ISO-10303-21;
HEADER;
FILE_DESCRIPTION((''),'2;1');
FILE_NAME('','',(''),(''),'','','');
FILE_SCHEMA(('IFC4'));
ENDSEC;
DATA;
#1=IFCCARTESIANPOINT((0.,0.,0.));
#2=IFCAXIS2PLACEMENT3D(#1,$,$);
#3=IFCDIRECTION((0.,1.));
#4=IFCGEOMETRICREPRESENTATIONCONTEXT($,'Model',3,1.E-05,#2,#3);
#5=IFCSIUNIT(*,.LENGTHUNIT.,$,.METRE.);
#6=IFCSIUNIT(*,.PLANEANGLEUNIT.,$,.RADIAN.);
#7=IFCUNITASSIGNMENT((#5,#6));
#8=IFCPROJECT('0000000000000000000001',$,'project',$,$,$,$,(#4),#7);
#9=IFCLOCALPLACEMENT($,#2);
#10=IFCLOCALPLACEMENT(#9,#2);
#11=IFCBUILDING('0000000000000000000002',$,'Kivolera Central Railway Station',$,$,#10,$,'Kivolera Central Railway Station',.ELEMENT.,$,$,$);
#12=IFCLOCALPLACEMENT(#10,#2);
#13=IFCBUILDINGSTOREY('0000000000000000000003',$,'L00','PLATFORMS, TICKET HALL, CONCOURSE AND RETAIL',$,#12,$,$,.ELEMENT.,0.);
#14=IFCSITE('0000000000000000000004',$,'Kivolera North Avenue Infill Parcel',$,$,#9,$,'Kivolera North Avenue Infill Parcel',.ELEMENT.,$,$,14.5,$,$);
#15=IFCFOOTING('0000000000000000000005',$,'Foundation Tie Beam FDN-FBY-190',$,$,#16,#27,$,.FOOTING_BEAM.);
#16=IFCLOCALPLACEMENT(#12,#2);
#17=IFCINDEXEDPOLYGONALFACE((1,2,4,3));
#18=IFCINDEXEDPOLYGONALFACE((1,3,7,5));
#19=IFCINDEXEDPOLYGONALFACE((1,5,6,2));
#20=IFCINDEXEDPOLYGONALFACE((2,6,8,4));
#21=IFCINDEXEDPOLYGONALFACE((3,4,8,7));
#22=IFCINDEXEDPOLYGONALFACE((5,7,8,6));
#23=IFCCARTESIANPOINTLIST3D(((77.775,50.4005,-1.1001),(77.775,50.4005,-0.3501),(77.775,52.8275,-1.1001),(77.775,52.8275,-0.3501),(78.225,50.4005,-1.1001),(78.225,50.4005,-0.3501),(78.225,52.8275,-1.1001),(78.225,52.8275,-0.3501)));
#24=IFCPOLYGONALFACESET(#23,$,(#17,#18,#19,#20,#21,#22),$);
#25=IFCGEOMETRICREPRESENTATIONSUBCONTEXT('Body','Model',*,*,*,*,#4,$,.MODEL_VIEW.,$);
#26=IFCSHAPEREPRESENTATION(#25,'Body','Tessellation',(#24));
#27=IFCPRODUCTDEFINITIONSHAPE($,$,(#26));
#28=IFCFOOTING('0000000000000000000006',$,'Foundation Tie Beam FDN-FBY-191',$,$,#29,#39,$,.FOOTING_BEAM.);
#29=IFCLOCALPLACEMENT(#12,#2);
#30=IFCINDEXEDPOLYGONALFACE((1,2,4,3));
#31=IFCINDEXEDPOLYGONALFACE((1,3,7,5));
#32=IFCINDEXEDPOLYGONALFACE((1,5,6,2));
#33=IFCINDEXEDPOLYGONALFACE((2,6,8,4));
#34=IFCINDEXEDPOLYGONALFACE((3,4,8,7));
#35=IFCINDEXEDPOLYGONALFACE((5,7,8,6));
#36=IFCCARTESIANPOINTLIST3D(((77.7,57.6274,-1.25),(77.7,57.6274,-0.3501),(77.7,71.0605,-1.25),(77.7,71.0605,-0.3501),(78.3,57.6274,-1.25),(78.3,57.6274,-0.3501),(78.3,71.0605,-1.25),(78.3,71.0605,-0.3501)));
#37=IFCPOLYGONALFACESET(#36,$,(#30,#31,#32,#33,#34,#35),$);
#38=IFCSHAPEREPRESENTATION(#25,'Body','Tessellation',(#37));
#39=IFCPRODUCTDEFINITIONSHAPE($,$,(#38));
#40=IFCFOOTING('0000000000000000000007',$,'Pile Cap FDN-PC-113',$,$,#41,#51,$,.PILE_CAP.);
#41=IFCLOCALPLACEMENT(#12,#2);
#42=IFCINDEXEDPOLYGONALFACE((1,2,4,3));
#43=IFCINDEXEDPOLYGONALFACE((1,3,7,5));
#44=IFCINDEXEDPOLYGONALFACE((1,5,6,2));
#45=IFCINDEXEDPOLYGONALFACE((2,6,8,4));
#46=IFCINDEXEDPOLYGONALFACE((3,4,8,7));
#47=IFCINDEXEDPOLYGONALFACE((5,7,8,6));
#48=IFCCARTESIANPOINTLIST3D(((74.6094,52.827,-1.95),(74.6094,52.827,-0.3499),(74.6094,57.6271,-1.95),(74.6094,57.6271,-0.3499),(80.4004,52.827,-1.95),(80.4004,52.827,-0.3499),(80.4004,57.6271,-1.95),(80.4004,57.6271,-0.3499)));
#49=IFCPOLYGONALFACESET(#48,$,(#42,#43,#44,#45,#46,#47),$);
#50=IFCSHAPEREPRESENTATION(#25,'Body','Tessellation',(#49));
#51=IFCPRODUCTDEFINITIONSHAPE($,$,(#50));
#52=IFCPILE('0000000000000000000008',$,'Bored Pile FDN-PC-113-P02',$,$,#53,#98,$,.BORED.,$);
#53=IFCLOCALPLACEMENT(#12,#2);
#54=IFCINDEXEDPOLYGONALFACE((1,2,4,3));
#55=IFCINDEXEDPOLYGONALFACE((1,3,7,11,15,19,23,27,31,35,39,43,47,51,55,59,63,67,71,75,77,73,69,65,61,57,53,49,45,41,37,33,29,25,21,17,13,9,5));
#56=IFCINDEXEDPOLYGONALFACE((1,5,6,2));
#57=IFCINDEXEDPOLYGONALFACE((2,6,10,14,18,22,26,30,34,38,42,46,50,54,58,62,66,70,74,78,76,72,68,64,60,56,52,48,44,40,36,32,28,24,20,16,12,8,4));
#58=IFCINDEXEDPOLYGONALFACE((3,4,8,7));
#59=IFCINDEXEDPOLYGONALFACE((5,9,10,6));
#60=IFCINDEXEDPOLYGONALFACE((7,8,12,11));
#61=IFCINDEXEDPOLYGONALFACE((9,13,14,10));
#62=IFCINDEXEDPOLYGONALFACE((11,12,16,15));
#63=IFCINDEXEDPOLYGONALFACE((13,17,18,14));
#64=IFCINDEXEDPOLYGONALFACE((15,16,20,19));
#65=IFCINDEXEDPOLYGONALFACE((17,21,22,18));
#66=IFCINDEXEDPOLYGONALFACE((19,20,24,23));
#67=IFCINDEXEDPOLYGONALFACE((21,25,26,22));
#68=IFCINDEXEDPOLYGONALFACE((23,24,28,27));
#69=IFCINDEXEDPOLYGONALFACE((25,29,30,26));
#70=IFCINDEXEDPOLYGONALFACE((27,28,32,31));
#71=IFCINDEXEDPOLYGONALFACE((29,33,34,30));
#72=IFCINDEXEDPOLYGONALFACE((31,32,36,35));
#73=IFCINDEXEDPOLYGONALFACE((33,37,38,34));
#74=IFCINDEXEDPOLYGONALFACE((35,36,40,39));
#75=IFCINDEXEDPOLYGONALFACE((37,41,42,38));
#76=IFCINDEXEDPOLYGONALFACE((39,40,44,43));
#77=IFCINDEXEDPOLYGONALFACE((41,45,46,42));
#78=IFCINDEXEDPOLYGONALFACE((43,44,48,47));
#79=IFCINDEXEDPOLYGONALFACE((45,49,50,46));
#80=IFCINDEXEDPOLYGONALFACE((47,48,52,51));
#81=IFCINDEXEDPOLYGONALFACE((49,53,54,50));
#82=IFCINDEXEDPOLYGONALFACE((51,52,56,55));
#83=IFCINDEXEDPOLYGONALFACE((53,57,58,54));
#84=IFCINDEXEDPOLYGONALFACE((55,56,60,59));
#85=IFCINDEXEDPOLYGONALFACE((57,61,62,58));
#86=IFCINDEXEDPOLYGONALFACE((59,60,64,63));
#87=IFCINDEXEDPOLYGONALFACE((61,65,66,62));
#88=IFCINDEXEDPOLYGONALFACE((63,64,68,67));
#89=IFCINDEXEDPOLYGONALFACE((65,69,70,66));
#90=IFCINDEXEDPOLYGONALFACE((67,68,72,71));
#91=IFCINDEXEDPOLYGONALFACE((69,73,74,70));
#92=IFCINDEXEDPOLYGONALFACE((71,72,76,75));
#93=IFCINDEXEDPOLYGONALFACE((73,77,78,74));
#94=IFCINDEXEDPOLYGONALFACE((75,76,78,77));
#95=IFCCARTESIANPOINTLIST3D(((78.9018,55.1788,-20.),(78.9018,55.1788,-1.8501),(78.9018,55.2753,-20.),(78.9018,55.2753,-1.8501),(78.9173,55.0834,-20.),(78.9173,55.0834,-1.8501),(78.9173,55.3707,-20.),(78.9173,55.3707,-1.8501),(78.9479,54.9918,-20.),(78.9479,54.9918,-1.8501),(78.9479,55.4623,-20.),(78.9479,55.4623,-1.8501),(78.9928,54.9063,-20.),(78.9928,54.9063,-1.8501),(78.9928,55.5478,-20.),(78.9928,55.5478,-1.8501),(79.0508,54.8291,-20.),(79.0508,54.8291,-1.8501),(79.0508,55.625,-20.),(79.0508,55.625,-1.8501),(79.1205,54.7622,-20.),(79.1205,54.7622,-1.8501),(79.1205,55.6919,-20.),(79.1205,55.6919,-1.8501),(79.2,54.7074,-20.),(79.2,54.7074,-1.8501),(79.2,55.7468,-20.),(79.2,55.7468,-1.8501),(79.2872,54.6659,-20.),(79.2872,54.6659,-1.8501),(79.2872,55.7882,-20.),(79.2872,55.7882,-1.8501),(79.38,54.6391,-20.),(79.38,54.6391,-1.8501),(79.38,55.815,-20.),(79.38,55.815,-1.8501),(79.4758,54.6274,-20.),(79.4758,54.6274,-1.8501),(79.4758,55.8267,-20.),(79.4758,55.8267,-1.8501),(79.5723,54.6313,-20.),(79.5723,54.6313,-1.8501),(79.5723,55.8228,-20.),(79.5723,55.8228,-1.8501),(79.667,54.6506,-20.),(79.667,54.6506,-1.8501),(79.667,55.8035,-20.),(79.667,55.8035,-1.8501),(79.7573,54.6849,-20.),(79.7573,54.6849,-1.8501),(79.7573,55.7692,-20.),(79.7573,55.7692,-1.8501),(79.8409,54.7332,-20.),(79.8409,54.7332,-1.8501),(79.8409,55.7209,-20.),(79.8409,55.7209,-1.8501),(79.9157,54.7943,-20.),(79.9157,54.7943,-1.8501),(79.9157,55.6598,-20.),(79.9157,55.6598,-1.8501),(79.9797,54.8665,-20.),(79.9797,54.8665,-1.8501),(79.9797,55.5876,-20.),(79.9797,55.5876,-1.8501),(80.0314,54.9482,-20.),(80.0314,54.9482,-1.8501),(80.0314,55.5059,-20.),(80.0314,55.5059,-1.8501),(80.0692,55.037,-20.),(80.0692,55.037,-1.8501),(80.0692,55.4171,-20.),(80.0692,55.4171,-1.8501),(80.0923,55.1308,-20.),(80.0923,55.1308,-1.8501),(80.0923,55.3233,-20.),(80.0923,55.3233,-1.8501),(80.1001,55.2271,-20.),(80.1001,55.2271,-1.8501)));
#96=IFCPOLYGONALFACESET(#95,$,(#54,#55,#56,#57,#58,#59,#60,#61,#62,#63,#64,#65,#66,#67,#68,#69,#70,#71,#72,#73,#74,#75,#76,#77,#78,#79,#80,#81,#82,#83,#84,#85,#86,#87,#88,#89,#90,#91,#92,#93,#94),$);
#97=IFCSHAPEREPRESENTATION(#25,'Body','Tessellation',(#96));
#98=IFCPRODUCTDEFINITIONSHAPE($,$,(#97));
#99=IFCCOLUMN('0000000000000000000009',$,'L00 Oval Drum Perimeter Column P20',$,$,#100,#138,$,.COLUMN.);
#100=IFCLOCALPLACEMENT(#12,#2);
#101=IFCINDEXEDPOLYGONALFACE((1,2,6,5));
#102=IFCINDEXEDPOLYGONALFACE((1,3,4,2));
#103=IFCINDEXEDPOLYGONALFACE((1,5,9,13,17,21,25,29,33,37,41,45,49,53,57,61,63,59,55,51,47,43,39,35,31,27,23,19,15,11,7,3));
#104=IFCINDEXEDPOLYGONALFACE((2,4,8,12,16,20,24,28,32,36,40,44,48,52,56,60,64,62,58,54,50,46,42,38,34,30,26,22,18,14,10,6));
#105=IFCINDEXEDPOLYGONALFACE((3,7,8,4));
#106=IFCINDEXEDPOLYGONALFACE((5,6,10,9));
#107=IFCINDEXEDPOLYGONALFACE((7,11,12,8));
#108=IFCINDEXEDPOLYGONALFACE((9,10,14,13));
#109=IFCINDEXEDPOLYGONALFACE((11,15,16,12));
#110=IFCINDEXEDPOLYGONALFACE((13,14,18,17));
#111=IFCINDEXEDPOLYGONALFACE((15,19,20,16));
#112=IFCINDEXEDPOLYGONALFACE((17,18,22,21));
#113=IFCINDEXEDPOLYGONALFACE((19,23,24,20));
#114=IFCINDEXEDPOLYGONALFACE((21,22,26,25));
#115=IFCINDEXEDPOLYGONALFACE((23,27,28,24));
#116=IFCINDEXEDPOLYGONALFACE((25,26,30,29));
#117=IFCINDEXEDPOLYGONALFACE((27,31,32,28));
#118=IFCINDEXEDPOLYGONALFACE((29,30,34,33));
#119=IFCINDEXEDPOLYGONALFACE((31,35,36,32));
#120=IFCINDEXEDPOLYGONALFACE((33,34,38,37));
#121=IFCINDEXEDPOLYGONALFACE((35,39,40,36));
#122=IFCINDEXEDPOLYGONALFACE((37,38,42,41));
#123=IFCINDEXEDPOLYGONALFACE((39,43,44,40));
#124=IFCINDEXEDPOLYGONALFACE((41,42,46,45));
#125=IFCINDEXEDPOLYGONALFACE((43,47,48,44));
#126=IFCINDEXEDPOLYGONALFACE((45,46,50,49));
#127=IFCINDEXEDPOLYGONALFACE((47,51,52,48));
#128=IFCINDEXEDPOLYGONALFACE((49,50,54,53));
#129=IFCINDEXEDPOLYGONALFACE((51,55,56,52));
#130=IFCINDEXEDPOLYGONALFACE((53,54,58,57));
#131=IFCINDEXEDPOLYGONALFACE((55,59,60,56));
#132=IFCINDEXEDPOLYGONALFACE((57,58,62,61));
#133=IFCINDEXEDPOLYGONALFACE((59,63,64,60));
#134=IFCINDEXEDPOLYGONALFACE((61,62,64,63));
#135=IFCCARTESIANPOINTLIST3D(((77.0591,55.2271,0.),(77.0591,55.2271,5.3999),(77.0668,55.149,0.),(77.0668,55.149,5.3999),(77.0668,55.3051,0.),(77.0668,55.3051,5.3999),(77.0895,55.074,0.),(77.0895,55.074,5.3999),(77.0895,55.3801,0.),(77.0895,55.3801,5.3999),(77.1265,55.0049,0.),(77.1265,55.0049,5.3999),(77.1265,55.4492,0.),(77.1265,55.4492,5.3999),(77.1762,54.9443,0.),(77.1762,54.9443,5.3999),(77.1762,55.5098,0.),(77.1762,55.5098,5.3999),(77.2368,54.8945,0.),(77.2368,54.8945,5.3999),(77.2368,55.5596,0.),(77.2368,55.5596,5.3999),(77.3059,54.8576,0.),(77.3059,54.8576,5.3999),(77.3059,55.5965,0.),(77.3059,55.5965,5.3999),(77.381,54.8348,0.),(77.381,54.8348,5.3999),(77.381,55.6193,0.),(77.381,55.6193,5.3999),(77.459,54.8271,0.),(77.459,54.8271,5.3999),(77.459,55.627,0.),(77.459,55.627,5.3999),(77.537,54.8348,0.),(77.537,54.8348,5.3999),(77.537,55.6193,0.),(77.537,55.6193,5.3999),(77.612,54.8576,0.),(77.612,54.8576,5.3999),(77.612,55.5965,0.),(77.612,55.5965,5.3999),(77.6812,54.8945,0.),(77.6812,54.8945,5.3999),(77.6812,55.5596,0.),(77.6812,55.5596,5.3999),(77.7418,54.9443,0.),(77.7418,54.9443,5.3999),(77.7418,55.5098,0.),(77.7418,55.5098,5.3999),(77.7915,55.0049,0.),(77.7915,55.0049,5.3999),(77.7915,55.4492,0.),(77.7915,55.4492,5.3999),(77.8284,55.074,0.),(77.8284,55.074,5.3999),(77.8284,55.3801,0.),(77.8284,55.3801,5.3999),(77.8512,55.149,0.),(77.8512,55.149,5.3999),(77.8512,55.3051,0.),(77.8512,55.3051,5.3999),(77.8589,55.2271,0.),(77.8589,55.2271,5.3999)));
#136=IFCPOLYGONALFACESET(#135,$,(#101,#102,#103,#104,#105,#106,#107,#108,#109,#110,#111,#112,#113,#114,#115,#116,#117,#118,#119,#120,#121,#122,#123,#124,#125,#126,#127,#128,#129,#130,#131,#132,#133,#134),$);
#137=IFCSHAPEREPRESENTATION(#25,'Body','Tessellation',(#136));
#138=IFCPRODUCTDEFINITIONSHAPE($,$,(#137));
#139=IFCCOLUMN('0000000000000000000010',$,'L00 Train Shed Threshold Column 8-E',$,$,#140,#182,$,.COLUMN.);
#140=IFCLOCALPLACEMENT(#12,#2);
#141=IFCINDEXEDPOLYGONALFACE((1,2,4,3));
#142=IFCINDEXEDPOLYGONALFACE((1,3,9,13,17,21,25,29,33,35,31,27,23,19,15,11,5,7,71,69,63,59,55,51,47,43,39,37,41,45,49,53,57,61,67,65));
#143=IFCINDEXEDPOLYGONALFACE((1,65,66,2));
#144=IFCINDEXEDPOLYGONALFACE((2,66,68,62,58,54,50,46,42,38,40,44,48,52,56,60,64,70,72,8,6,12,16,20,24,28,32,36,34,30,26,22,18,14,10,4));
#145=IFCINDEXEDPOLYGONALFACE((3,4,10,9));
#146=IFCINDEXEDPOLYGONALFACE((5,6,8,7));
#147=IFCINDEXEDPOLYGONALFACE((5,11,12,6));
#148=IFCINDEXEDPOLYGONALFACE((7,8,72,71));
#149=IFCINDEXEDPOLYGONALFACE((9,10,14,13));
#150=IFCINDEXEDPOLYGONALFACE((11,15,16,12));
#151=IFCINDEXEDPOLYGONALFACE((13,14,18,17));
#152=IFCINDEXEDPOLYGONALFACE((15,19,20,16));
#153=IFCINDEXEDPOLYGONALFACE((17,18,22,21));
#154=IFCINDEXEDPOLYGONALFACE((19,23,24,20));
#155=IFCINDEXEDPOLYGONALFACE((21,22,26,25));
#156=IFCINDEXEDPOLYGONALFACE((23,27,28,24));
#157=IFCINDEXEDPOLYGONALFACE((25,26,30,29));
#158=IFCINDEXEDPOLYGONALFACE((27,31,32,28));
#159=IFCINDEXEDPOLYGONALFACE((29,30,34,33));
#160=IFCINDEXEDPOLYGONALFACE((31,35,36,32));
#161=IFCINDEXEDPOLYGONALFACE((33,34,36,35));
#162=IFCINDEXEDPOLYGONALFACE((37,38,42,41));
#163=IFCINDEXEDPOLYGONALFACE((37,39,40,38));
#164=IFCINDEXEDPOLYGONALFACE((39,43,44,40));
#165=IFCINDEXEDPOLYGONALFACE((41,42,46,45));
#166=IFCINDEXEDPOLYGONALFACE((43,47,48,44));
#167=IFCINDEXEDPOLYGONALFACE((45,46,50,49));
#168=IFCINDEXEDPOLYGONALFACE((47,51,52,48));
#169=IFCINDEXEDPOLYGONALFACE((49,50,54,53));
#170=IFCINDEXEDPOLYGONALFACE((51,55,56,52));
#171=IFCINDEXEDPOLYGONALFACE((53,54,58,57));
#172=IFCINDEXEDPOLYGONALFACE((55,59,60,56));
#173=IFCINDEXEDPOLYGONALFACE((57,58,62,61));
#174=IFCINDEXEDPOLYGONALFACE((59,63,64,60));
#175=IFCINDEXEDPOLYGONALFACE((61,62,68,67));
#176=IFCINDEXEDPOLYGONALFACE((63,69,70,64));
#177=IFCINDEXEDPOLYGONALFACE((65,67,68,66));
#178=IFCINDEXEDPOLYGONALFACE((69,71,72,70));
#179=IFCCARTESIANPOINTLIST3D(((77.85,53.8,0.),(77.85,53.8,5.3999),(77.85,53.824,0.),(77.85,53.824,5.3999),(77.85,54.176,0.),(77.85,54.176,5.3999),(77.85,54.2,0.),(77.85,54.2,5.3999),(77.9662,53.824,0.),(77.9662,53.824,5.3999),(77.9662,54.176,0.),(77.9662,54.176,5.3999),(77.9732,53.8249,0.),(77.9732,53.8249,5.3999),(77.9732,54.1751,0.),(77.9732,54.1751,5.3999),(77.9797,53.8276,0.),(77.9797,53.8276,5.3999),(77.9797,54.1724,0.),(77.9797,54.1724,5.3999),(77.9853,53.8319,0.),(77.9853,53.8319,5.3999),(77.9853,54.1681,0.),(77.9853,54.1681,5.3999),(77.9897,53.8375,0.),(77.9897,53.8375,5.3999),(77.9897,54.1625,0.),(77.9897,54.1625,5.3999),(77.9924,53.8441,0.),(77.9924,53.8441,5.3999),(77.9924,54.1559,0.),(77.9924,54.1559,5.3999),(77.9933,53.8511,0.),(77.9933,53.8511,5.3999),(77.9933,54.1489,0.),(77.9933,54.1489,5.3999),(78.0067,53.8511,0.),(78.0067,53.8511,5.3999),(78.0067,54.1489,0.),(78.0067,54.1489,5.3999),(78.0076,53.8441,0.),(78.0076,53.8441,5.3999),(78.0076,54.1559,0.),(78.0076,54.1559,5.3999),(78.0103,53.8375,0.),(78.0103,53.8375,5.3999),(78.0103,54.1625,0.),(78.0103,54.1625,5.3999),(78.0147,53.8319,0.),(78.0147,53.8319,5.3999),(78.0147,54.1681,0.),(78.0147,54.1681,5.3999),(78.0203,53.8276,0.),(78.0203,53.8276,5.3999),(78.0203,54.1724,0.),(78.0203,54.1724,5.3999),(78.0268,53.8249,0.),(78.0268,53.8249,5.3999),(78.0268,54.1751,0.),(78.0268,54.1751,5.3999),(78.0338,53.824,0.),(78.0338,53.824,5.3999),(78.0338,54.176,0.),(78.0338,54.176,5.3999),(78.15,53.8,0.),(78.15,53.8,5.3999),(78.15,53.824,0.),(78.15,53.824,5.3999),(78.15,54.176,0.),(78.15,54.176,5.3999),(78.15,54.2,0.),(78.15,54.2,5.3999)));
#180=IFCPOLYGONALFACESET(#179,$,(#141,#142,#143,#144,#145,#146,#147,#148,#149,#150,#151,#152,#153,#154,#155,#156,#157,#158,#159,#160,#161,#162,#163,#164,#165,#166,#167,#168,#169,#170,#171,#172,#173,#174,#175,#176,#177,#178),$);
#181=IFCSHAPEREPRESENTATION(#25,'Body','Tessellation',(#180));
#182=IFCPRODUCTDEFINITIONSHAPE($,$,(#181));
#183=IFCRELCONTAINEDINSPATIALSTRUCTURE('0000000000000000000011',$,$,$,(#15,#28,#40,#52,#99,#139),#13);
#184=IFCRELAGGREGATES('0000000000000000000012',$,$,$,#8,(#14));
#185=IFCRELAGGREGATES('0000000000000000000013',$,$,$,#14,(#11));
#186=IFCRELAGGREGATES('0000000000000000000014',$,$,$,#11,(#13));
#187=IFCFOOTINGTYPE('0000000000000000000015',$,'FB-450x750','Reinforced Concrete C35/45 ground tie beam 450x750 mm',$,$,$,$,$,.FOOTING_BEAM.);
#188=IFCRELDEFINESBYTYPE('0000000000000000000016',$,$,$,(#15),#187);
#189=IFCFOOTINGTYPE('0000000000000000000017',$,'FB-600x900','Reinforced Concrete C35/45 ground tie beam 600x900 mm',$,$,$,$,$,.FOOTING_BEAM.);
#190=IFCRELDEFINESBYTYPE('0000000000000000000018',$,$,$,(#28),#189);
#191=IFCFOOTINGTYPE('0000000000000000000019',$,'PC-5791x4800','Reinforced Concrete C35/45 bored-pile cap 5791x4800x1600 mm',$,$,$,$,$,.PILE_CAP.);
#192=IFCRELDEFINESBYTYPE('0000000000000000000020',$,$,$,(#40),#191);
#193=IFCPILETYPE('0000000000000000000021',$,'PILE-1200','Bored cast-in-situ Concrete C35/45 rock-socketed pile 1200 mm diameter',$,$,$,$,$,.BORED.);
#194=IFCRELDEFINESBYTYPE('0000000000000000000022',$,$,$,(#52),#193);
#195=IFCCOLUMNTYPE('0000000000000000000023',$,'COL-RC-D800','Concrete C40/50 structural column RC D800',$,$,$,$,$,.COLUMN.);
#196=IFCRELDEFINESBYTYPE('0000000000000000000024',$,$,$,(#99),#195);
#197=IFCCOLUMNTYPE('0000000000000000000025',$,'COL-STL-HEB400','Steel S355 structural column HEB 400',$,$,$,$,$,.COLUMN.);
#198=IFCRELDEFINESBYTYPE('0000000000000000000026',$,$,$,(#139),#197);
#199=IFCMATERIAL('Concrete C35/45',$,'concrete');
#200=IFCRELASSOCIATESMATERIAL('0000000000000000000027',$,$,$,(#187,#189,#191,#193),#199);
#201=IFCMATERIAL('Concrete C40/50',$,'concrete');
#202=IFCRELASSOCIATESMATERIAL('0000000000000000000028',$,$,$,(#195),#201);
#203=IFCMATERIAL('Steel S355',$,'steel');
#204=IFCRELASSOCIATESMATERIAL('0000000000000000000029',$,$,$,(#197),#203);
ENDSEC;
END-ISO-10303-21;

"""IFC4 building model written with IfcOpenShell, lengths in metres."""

from ifc_helpers import new_model, si_unit, direction, frame, origin, origin_2d, place, context, subcontext, project, spatial, rectangle, circle, i_section, extrude, material, material_profile, profile_set, type_object, element, save


model = new_model("IFC4")

# Units and contexts
model_context = context("Model", 3, precision=1e-05, world=origin(), true_north=direction((0.0, 1.0)))
body_context = subcontext(model_context, "Body", "Model", "MODEL_VIEW")
ifc_project = project(units=[si_unit("LENGTHUNIT", "METRE"), si_unit("PLANEANGLEUNIT", "RADIAN")], contexts=[model_context])

# Site, building, storey
site_placement = place(None, origin())
site = spatial("IfcSite", under=ifc_project, at=site_placement, Name="Kivolera North Avenue Infill Parcel", LongName="Kivolera North Avenue Infill Parcel", CompositionType="ELEMENT", RefElevation=14.5)
building_placement = place(site_placement, origin())
building = spatial("IfcBuilding", under=site, at=building_placement, Name="Kivolera Central Railway Station", LongName="Kivolera Central Railway Station", CompositionType="ELEMENT")
storey_placement = place(building_placement, origin())
storey = spatial("IfcBuildingStorey", under=building, at=storey_placement, Name="L00", Description="PLATFORMS, TICKET HALL, CONCOURSE AND RETAIL", CompositionType="ELEMENT", Elevation=0.0)

# Footings
ifc_material_1 = material(Name="Concrete C35/45", Category="concrete")
footing_type_1 = type_object("IfcFootingType", Name="FB-450x750", Description="Reinforced Concrete C35/45 ground tie beam 450x750 mm", PredefinedType="FOOTING_BEAM", material=ifc_material_1)
footing_1_placement = place(storey_placement, frame((78.0, 51.614, -1.1001), z_axis=(0.0, 0.0, 1.0), x_axis=(1.0, 0.0, 0.0)))
element("IfcFooting", 1, at=footing_1_placement, inside=storey, type_object=footing_type_1, Name="Foundation Tie Beam FDN-FBY-190", PredefinedType="FOOTING_BEAM", context=body_context, shape_type="SweptSolid", body=[
    extrude(rectangle(XDim=0.45, YDim=2.427, at=origin_2d()), origin(), (0.0, 0.0, 1.0), 0.75),
])
footing_type_2 = type_object("IfcFootingType", Name="FB-600x900", Description="Reinforced Concrete C35/45 ground tie beam 600x900 mm", PredefinedType="FOOTING_BEAM", material=ifc_material_1)
footing_2_placement = place(storey_placement, frame((78.0, 64.344, -1.25), z_axis=(0.0, 0.0, 1.0), x_axis=(1.0, 0.0, 0.0)))
element("IfcFooting", 2, at=footing_2_placement, inside=storey, type_object=footing_type_2, Name="Foundation Tie Beam FDN-FBY-191", PredefinedType="FOOTING_BEAM", context=body_context, shape_type="SweptSolid", body=[
    extrude(rectangle(XDim=0.6001, YDim=13.4331, at=origin_2d()), origin(), (0.0, 0.0, 1.0), 0.8999),
])
footing_type_3 = type_object("IfcFootingType", Name="PC-5791x4800", Description="Reinforced Concrete C35/45 bored-pile cap 5791x4800x1600 mm", PredefinedType="PILE_CAP", material=ifc_material_1)
footing_3_placement = place(storey_placement, frame((77.5049, 55.2271, -1.95), z_axis=(0.0, 0.0, 1.0), x_axis=(1.0, 0.0, 0.0)))
element("IfcFooting", 3, at=footing_3_placement, inside=storey, type_object=footing_type_3, Name="Pile Cap FDN-PC-113", PredefinedType="PILE_CAP", context=body_context, shape_type="SweptSolid", body=[
    extrude(rectangle(XDim=5.791, YDim=4.8, at=origin_2d()), origin(), (0.0, 0.0, 1.0), 1.6001),
])

# Pile
ifc_material_profile_1 = material_profile(ifc_material_1, circle(Radius=0.6001, at=origin_2d()), Name="PILE D1200")
ifc_profile_set_1 = profile_set([ifc_material_profile_1], Name="Concrete C35/45")
pile_type = type_object("IfcPileType", Name="PILE-1200", Description="Bored cast-in-situ Concrete C35/45 rock-socketed pile 1200 mm diameter", PredefinedType="BORED", material=ifc_profile_set_1)
pile_placement = place(storey_placement, frame((79.5, 55.2271, -1.8501), z_axis=(0.0, 0.0, -1.0), x_axis=(1.0, 0.0, 0.0)))
element("IfcPile", 4, at=pile_placement, inside=storey, type_object=pile_type, Name="Bored Pile FDN-PC-113-P02", PredefinedType="BORED", context=body_context, shape_type="SweptSolid", body=[
    extrude(circle(Radius=0.6001, at=origin_2d()), origin(), (0.0, 0.0, 1.0), 18.1499),
])

# Columns
ifc_material_2 = material(Name="Concrete C40/50", Category="concrete")
ifc_material_profile_2 = material_profile(ifc_material_2, circle(Radius=0.3999, at=origin_2d()), Name="RC D800")
ifc_profile_set_2 = profile_set([ifc_material_profile_2], Name="Concrete C40/50")
column_type_1 = type_object("IfcColumnType", Name="COL-RC-D800", Description="Concrete C40/50 structural column RC D800", PredefinedType="COLUMN", material=ifc_profile_set_2)
column_1_placement = place(storey_placement, frame((77.459, 55.2271, 0.0), z_axis=(0.0, 0.0, 1.0), x_axis=(1.0, 0.0, 0.0)))
element("IfcColumn", 5, at=column_1_placement, inside=storey, type_object=column_type_1, Name="L00 Oval Drum Perimeter Column P20", PredefinedType="COLUMN", context=body_context, shape_type="SweptSolid", body=[
    extrude(circle(Radius=0.3999, at=origin_2d()), origin(), (0.0, 0.0, 1.0), 5.3999),
])
ifc_material_3 = material(Name="Steel S355", Category="steel")
ifc_material_profile_3 = material_profile(ifc_material_3, i_section(OverallWidth=0.3, OverallDepth=0.3999, WebThickness=0.0134, FlangeThickness=0.0239, FilletRadius=0.0271, at=origin_2d()), Name="HEB 400")
ifc_profile_set_3 = profile_set([ifc_material_profile_3], Name="Steel S355")
column_type_2 = type_object("IfcColumnType", Name="COL-STL-HEB400", Description="Steel S355 structural column HEB 400", PredefinedType="COLUMN", material=ifc_profile_set_3)
column_2_placement = place(storey_placement, frame((78.0, 54.0, 0.0), z_axis=(0.0, 0.0, 1.0), x_axis=(1.0, 0.0, 0.0)))
element("IfcColumn", 6, at=column_2_placement, inside=storey, type_object=column_type_2, Name="L00 Train Shed Threshold Column 8-E", PredefinedType="COLUMN", context=body_context, shape_type="SweptSolid", body=[
    extrude(i_section(OverallWidth=0.3, OverallDepth=0.3999, WebThickness=0.0134, FlangeThickness=0.0239, FilletRadius=0.0271, at=origin_2d()), origin(), (0.0, 0.0, 1.0), 5.3999),
])

save(model, "model.ifc")
